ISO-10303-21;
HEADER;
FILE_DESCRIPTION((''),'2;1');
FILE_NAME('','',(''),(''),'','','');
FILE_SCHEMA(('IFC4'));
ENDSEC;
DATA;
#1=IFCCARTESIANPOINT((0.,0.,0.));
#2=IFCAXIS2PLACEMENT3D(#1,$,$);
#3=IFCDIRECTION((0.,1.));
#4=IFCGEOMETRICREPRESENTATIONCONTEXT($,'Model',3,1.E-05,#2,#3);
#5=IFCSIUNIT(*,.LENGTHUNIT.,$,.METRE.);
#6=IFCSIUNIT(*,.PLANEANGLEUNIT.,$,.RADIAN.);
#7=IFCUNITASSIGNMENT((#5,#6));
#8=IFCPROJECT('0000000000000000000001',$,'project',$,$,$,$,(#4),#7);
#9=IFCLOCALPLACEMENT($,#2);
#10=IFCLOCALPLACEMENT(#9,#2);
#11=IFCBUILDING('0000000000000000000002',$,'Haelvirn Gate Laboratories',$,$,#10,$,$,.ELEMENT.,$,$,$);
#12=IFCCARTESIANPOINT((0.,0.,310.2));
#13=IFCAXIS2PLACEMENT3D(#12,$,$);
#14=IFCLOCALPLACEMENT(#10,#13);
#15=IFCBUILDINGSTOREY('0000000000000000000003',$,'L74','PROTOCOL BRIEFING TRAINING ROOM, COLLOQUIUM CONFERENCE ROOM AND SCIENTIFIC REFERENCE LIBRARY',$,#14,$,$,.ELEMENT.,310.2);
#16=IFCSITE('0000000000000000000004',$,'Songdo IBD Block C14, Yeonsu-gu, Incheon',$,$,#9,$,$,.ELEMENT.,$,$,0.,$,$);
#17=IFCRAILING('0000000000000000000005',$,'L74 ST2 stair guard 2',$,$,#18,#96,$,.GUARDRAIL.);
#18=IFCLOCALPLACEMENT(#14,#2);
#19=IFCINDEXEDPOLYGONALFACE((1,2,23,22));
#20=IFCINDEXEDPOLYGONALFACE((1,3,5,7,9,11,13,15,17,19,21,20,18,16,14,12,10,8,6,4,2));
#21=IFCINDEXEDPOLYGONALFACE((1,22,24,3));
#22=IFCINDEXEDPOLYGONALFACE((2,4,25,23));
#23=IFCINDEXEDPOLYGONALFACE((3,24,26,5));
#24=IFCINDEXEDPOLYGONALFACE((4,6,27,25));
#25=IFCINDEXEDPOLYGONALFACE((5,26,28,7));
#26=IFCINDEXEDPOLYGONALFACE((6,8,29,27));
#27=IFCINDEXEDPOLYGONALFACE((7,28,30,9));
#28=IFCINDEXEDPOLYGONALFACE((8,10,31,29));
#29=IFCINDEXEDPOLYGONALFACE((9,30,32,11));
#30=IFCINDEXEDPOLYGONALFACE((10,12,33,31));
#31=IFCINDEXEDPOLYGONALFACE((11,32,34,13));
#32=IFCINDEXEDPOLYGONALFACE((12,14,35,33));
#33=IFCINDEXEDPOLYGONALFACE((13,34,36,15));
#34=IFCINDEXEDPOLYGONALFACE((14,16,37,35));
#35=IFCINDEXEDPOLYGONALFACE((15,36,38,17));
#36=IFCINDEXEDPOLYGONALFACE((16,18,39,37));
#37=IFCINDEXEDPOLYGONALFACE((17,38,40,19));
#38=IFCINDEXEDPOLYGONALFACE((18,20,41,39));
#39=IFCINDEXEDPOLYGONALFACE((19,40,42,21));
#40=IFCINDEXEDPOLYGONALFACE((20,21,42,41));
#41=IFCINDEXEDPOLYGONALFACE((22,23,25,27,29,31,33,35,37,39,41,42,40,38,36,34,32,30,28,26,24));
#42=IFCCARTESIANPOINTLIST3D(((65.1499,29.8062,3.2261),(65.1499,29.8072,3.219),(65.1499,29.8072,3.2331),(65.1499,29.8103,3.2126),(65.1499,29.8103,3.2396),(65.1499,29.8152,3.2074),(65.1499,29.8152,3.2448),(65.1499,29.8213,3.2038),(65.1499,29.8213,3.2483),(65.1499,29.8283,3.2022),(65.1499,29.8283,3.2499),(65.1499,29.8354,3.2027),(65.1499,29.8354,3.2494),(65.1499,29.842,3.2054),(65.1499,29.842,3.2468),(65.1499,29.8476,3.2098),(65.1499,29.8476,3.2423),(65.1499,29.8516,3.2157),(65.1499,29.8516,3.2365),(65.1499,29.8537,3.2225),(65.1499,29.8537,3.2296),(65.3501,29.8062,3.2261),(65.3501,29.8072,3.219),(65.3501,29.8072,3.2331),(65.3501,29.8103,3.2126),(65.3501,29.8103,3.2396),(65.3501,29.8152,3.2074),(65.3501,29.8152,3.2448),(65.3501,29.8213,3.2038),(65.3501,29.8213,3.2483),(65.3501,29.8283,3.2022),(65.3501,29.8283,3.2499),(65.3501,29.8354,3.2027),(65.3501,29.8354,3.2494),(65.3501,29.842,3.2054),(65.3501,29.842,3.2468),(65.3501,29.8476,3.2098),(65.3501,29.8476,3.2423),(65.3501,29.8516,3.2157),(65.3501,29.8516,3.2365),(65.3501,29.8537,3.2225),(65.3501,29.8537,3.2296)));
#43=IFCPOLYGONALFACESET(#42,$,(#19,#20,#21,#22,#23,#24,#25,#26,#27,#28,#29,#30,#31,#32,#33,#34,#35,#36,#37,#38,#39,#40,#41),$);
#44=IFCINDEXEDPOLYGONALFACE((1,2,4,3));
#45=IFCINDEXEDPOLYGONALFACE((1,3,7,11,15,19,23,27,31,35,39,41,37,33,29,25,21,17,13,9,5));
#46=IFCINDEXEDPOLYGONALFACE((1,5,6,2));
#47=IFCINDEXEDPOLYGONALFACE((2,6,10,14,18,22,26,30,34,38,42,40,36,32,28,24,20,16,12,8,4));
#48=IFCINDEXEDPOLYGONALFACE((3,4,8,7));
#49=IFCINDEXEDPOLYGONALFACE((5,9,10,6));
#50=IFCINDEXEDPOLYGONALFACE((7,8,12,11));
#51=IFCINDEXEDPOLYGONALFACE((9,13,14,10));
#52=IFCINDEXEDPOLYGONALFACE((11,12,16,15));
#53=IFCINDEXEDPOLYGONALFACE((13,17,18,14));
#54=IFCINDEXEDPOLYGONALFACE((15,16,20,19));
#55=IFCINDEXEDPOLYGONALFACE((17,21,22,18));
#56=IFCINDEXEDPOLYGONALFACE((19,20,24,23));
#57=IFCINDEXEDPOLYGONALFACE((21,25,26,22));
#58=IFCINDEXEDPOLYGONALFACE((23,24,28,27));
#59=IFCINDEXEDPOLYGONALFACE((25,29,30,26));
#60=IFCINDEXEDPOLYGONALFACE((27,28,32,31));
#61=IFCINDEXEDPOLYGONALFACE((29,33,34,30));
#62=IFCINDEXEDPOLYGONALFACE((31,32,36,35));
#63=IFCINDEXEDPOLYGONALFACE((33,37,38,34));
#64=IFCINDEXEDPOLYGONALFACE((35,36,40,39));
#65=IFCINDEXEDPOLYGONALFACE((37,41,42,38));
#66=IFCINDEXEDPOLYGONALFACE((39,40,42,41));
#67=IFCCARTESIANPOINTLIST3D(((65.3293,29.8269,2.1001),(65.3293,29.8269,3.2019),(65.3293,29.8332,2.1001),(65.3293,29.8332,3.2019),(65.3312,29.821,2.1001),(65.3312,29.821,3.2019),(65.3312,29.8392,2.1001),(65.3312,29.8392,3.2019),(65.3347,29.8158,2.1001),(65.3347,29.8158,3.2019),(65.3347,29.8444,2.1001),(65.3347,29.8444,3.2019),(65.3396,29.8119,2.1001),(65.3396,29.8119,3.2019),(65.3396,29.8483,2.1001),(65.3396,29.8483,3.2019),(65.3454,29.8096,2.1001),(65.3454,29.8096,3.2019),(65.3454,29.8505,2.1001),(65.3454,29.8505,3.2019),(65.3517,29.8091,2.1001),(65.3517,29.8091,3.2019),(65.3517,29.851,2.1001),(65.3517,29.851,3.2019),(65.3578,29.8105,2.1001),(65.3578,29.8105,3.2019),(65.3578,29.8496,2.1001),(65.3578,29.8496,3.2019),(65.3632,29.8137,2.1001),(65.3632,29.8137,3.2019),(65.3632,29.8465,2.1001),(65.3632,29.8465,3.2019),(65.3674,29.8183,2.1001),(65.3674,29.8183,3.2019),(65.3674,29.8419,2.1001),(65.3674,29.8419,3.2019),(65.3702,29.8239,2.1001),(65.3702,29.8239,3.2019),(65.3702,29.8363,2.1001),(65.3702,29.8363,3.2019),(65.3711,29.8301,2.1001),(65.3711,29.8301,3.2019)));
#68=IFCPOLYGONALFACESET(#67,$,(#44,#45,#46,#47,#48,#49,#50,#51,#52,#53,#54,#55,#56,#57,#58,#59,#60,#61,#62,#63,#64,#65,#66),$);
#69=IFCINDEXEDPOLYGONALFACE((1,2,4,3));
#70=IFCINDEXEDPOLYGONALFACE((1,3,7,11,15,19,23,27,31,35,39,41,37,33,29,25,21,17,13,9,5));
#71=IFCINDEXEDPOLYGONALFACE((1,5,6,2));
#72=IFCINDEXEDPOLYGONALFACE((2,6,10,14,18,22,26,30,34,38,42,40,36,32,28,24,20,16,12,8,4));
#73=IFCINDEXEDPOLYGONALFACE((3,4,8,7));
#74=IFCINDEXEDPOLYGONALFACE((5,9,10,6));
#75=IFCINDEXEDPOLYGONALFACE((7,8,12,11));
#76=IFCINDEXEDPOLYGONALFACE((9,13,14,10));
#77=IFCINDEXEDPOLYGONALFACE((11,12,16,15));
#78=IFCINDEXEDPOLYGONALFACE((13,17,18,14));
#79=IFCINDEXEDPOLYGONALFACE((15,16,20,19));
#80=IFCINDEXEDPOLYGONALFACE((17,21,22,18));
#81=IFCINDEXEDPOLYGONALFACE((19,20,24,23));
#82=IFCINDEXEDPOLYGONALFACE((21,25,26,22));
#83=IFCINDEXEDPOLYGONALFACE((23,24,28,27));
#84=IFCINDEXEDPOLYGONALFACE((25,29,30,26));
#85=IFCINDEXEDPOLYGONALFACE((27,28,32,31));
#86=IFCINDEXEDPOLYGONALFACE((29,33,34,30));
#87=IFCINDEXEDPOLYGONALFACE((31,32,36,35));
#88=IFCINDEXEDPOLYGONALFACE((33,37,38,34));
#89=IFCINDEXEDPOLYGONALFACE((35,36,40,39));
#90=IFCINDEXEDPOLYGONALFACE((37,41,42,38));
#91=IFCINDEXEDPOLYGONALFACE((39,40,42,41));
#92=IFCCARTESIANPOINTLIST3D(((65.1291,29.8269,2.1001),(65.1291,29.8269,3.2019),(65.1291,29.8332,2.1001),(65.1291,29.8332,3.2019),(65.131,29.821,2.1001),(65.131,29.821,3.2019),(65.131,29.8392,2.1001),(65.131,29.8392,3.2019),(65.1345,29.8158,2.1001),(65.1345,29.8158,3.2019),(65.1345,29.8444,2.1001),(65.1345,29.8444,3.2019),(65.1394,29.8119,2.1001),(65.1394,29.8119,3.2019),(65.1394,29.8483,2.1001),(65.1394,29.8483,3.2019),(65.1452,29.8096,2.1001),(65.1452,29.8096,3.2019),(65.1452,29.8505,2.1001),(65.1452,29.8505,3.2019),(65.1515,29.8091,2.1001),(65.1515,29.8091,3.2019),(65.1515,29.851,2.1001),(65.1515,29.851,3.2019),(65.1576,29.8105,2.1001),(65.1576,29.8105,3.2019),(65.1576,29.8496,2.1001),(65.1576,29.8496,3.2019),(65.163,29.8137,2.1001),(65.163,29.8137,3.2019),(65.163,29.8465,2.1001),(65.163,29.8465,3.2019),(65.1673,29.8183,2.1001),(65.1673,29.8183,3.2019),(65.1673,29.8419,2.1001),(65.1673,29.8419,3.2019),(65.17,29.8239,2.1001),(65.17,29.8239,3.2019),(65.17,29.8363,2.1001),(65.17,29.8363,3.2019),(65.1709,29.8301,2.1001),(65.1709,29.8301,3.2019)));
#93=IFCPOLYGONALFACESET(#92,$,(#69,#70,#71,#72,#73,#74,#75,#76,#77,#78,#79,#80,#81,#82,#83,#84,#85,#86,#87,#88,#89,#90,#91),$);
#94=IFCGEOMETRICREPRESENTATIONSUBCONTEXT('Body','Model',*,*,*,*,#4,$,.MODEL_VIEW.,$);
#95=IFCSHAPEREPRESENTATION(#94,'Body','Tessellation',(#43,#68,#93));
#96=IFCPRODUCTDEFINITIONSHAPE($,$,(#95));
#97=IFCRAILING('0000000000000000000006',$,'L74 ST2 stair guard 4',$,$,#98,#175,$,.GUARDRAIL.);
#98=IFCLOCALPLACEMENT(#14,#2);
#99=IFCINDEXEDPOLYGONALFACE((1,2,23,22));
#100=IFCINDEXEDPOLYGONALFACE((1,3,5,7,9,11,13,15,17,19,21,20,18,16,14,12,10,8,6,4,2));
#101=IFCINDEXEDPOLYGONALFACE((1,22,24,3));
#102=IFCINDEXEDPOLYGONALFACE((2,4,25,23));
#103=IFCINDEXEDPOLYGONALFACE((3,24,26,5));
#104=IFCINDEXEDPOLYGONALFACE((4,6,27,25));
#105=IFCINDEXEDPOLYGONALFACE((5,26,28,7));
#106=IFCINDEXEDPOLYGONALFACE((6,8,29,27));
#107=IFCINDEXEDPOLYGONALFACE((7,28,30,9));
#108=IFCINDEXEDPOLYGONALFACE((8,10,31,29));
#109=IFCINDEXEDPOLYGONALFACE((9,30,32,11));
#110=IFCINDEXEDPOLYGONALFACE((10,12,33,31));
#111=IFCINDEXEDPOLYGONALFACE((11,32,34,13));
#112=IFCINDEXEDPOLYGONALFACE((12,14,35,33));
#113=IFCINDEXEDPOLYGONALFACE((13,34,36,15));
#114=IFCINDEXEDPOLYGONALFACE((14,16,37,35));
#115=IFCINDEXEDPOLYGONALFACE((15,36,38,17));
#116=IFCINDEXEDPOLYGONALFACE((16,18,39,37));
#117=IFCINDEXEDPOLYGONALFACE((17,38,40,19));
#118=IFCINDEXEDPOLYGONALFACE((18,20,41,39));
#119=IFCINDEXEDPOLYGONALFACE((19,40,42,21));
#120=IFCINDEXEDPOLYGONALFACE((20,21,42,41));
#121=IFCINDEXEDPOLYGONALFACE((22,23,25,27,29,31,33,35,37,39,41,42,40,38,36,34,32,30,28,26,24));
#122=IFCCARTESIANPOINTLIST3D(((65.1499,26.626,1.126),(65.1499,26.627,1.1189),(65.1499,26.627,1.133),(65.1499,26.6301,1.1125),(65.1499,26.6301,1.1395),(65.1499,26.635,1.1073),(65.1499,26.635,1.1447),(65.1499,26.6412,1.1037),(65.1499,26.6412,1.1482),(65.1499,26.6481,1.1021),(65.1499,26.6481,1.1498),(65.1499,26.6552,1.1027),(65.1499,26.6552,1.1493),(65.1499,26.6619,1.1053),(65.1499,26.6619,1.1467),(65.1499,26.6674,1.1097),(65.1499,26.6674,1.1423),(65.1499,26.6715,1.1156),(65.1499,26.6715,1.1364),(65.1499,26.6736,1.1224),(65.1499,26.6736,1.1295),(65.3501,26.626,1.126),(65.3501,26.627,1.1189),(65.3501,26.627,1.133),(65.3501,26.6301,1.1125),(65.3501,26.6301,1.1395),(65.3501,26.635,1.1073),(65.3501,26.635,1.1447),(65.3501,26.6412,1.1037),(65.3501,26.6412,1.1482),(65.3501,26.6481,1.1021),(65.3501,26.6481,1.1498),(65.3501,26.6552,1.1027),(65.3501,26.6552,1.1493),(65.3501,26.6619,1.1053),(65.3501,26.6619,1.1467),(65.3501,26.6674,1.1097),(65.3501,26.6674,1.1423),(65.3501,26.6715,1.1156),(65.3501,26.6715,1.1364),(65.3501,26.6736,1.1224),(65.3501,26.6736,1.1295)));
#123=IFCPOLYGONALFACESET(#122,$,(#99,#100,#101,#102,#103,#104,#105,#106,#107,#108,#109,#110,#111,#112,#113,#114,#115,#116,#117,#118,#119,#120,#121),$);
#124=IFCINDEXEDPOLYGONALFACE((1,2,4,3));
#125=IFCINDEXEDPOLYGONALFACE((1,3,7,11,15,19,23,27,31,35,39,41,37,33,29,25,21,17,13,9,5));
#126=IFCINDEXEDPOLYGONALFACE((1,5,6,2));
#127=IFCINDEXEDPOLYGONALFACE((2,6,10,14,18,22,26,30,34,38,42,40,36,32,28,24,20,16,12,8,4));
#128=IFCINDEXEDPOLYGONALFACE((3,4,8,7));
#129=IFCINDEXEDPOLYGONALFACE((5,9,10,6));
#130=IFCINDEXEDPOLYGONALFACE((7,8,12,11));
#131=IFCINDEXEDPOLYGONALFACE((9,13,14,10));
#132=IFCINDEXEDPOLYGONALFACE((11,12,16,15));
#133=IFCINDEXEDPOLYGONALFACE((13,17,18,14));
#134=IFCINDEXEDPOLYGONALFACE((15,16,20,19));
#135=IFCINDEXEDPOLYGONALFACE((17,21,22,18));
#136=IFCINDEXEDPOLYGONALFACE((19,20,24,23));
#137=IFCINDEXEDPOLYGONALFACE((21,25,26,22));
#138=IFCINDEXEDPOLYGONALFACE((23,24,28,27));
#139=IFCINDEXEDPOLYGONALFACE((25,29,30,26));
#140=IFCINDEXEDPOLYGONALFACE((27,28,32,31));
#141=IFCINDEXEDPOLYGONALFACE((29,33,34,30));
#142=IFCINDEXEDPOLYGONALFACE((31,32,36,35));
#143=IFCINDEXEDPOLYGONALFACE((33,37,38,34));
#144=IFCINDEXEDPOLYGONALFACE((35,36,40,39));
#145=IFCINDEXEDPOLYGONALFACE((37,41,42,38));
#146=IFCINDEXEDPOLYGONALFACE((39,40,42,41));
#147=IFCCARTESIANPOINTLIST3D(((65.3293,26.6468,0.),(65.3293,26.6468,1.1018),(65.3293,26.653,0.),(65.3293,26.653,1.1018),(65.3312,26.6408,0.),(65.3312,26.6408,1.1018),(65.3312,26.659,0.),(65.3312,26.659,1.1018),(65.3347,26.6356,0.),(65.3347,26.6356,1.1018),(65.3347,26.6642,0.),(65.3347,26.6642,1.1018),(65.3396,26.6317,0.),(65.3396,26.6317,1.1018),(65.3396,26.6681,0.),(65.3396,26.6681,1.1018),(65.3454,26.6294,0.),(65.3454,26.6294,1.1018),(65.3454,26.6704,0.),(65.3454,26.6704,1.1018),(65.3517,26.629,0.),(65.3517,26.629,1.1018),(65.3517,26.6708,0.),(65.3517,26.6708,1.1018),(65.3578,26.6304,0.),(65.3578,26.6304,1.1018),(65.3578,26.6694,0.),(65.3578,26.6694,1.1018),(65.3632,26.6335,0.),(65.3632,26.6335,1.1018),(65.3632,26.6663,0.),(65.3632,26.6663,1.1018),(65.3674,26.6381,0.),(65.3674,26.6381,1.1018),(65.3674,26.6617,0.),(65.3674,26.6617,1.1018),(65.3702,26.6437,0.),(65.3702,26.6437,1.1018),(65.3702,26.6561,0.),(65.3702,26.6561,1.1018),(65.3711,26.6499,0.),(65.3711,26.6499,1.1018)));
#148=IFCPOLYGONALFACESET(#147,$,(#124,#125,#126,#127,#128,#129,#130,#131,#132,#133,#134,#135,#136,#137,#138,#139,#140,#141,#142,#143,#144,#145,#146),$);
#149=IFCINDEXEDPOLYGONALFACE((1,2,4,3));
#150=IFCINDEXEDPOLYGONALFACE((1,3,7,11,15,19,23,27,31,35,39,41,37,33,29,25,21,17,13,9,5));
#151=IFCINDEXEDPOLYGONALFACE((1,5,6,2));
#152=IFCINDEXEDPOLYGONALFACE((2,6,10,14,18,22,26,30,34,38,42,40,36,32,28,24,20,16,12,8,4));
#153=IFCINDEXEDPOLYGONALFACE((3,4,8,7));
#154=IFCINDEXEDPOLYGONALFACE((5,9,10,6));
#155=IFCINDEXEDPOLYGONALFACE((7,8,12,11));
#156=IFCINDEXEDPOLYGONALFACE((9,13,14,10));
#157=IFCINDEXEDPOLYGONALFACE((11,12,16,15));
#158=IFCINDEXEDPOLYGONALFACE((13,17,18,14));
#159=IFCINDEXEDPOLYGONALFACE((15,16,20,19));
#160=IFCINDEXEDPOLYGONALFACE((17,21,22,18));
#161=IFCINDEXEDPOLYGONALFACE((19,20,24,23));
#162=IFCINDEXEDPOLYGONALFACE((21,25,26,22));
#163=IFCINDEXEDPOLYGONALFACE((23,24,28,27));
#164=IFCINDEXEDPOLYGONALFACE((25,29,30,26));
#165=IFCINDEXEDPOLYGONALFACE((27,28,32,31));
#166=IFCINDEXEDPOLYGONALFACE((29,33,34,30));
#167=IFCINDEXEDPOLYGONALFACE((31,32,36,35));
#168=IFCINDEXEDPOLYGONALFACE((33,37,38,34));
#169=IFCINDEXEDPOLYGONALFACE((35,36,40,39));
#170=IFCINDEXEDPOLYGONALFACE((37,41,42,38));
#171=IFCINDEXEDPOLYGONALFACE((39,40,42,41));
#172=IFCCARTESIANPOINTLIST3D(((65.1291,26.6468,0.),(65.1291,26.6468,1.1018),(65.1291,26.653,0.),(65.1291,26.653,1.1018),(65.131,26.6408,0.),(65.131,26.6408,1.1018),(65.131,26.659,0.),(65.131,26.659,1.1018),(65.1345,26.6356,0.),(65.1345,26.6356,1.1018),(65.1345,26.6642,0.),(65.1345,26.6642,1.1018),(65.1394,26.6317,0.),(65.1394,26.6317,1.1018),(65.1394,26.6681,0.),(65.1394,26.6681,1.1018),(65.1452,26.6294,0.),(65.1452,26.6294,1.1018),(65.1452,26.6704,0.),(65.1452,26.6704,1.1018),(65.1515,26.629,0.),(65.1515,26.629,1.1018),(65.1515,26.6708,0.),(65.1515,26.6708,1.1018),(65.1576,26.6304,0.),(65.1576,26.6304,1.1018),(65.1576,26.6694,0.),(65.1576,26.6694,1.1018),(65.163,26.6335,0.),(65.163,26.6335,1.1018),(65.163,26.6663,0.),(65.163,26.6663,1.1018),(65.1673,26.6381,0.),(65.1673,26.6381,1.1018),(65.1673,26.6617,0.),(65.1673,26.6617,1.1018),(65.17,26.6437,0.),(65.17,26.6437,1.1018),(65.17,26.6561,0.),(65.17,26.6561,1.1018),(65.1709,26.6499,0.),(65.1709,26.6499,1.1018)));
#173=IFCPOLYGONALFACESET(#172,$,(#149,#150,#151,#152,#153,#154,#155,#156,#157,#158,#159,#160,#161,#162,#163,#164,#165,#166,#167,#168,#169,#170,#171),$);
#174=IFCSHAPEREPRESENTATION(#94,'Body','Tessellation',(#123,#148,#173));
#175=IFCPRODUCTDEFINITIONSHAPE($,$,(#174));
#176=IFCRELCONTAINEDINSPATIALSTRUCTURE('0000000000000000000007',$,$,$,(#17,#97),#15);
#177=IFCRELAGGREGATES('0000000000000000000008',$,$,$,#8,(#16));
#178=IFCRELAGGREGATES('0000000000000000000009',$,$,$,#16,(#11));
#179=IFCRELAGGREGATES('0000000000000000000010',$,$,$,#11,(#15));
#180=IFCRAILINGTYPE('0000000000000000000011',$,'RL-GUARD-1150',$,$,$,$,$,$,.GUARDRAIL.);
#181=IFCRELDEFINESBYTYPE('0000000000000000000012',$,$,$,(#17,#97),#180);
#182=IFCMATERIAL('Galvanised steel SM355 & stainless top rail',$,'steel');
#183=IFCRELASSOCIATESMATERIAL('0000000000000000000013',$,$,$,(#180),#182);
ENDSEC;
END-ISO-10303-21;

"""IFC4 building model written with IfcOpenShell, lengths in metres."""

from ifc_helpers import new_model, si_unit, direction, frame, origin, origin_2d, place, context, subcontext, project, spatial, circle, extrude, source, transform, mapped, material, type_object, element, save


model = new_model("IFC4")

# Units and contexts
model_context = context("Model", 3, precision=1e-05, world=origin(), true_north=direction((0.0, 1.0)))
body_context = subcontext(model_context, "Body", "Model", "MODEL_VIEW")
ifc_project = project(units=[si_unit("LENGTHUNIT", "METRE"), si_unit("PLANEANGLEUNIT", "RADIAN")], contexts=[model_context])

# Site, building, storey
site_placement = place(None, origin())
site = spatial("IfcSite", under=ifc_project, at=site_placement, Name="Songdo IBD Block C14, Yeonsu-gu, Incheon", CompositionType="ELEMENT", RefElevation=0.0)
building_placement = place(site_placement, origin())
building = spatial("IfcBuilding", under=site, at=building_placement, Name="Haelvirn Gate Laboratories", CompositionType="ELEMENT")
storey_placement = place(building_placement, frame((0.0, 0.0, 310.2)))
storey = spatial("IfcBuildingStorey", under=building, at=storey_placement, Name="L74", Description="PROTOCOL BRIEFING TRAINING ROOM, COLLOQUIUM CONFERENCE ROOM AND SCIENTIFIC REFERENCE LIBRARY", CompositionType="ELEMENT", Elevation=310.2)

# Railings
ifc_material_1 = material(Name="Galvanised steel SM355 & stainless top rail", Category="steel")
railing_type_1 = type_object("IfcRailingType", Name="RL-GUARD-1150", PredefinedType="GUARDRAIL", material=ifc_material_1)
shared_shape_1 = source(origin(), body_context, "Body", "SweptSolid", [
    extrude(circle(Radius=0.0239, at=origin_2d()), frame((0.0, 0.0, 1.126), z_axis=(-1.0, 0.0, 0.0), x_axis=(0.0, -1.0, 0.0)), (0.0, 0.0, 1.0), 0.2002),
    extrude(circle(Radius=0.021, at=origin_2d()), origin(), (0.0, 0.0, 1.0), 1.1018),
    extrude(circle(Radius=0.021, at=origin_2d()), frame((-0.2002, 0.0, 0.0)), (0.0, 0.0, 1.0), 1.1018),
])
for number, where, name in (
    (1, (65.3501, 29.8301, 2.1001), "L74 ST2 stair guard 2"),
    (2, (65.3501, 26.6499, 0.0), "L74 ST2 stair guard 4"),
):
    element("IfcRailing", number, at=place(storey_placement, frame(where)), inside=storey, type_object=railing_type_1, Name=name, PredefinedType="GUARDRAIL", context=body_context, shape_type="MappedRepresentation", body=[
        mapped(shared_shape_1, transform((0.0, 0.0, 0.0), scale=1.0)),
    ])

save(model, "model.ifc")
